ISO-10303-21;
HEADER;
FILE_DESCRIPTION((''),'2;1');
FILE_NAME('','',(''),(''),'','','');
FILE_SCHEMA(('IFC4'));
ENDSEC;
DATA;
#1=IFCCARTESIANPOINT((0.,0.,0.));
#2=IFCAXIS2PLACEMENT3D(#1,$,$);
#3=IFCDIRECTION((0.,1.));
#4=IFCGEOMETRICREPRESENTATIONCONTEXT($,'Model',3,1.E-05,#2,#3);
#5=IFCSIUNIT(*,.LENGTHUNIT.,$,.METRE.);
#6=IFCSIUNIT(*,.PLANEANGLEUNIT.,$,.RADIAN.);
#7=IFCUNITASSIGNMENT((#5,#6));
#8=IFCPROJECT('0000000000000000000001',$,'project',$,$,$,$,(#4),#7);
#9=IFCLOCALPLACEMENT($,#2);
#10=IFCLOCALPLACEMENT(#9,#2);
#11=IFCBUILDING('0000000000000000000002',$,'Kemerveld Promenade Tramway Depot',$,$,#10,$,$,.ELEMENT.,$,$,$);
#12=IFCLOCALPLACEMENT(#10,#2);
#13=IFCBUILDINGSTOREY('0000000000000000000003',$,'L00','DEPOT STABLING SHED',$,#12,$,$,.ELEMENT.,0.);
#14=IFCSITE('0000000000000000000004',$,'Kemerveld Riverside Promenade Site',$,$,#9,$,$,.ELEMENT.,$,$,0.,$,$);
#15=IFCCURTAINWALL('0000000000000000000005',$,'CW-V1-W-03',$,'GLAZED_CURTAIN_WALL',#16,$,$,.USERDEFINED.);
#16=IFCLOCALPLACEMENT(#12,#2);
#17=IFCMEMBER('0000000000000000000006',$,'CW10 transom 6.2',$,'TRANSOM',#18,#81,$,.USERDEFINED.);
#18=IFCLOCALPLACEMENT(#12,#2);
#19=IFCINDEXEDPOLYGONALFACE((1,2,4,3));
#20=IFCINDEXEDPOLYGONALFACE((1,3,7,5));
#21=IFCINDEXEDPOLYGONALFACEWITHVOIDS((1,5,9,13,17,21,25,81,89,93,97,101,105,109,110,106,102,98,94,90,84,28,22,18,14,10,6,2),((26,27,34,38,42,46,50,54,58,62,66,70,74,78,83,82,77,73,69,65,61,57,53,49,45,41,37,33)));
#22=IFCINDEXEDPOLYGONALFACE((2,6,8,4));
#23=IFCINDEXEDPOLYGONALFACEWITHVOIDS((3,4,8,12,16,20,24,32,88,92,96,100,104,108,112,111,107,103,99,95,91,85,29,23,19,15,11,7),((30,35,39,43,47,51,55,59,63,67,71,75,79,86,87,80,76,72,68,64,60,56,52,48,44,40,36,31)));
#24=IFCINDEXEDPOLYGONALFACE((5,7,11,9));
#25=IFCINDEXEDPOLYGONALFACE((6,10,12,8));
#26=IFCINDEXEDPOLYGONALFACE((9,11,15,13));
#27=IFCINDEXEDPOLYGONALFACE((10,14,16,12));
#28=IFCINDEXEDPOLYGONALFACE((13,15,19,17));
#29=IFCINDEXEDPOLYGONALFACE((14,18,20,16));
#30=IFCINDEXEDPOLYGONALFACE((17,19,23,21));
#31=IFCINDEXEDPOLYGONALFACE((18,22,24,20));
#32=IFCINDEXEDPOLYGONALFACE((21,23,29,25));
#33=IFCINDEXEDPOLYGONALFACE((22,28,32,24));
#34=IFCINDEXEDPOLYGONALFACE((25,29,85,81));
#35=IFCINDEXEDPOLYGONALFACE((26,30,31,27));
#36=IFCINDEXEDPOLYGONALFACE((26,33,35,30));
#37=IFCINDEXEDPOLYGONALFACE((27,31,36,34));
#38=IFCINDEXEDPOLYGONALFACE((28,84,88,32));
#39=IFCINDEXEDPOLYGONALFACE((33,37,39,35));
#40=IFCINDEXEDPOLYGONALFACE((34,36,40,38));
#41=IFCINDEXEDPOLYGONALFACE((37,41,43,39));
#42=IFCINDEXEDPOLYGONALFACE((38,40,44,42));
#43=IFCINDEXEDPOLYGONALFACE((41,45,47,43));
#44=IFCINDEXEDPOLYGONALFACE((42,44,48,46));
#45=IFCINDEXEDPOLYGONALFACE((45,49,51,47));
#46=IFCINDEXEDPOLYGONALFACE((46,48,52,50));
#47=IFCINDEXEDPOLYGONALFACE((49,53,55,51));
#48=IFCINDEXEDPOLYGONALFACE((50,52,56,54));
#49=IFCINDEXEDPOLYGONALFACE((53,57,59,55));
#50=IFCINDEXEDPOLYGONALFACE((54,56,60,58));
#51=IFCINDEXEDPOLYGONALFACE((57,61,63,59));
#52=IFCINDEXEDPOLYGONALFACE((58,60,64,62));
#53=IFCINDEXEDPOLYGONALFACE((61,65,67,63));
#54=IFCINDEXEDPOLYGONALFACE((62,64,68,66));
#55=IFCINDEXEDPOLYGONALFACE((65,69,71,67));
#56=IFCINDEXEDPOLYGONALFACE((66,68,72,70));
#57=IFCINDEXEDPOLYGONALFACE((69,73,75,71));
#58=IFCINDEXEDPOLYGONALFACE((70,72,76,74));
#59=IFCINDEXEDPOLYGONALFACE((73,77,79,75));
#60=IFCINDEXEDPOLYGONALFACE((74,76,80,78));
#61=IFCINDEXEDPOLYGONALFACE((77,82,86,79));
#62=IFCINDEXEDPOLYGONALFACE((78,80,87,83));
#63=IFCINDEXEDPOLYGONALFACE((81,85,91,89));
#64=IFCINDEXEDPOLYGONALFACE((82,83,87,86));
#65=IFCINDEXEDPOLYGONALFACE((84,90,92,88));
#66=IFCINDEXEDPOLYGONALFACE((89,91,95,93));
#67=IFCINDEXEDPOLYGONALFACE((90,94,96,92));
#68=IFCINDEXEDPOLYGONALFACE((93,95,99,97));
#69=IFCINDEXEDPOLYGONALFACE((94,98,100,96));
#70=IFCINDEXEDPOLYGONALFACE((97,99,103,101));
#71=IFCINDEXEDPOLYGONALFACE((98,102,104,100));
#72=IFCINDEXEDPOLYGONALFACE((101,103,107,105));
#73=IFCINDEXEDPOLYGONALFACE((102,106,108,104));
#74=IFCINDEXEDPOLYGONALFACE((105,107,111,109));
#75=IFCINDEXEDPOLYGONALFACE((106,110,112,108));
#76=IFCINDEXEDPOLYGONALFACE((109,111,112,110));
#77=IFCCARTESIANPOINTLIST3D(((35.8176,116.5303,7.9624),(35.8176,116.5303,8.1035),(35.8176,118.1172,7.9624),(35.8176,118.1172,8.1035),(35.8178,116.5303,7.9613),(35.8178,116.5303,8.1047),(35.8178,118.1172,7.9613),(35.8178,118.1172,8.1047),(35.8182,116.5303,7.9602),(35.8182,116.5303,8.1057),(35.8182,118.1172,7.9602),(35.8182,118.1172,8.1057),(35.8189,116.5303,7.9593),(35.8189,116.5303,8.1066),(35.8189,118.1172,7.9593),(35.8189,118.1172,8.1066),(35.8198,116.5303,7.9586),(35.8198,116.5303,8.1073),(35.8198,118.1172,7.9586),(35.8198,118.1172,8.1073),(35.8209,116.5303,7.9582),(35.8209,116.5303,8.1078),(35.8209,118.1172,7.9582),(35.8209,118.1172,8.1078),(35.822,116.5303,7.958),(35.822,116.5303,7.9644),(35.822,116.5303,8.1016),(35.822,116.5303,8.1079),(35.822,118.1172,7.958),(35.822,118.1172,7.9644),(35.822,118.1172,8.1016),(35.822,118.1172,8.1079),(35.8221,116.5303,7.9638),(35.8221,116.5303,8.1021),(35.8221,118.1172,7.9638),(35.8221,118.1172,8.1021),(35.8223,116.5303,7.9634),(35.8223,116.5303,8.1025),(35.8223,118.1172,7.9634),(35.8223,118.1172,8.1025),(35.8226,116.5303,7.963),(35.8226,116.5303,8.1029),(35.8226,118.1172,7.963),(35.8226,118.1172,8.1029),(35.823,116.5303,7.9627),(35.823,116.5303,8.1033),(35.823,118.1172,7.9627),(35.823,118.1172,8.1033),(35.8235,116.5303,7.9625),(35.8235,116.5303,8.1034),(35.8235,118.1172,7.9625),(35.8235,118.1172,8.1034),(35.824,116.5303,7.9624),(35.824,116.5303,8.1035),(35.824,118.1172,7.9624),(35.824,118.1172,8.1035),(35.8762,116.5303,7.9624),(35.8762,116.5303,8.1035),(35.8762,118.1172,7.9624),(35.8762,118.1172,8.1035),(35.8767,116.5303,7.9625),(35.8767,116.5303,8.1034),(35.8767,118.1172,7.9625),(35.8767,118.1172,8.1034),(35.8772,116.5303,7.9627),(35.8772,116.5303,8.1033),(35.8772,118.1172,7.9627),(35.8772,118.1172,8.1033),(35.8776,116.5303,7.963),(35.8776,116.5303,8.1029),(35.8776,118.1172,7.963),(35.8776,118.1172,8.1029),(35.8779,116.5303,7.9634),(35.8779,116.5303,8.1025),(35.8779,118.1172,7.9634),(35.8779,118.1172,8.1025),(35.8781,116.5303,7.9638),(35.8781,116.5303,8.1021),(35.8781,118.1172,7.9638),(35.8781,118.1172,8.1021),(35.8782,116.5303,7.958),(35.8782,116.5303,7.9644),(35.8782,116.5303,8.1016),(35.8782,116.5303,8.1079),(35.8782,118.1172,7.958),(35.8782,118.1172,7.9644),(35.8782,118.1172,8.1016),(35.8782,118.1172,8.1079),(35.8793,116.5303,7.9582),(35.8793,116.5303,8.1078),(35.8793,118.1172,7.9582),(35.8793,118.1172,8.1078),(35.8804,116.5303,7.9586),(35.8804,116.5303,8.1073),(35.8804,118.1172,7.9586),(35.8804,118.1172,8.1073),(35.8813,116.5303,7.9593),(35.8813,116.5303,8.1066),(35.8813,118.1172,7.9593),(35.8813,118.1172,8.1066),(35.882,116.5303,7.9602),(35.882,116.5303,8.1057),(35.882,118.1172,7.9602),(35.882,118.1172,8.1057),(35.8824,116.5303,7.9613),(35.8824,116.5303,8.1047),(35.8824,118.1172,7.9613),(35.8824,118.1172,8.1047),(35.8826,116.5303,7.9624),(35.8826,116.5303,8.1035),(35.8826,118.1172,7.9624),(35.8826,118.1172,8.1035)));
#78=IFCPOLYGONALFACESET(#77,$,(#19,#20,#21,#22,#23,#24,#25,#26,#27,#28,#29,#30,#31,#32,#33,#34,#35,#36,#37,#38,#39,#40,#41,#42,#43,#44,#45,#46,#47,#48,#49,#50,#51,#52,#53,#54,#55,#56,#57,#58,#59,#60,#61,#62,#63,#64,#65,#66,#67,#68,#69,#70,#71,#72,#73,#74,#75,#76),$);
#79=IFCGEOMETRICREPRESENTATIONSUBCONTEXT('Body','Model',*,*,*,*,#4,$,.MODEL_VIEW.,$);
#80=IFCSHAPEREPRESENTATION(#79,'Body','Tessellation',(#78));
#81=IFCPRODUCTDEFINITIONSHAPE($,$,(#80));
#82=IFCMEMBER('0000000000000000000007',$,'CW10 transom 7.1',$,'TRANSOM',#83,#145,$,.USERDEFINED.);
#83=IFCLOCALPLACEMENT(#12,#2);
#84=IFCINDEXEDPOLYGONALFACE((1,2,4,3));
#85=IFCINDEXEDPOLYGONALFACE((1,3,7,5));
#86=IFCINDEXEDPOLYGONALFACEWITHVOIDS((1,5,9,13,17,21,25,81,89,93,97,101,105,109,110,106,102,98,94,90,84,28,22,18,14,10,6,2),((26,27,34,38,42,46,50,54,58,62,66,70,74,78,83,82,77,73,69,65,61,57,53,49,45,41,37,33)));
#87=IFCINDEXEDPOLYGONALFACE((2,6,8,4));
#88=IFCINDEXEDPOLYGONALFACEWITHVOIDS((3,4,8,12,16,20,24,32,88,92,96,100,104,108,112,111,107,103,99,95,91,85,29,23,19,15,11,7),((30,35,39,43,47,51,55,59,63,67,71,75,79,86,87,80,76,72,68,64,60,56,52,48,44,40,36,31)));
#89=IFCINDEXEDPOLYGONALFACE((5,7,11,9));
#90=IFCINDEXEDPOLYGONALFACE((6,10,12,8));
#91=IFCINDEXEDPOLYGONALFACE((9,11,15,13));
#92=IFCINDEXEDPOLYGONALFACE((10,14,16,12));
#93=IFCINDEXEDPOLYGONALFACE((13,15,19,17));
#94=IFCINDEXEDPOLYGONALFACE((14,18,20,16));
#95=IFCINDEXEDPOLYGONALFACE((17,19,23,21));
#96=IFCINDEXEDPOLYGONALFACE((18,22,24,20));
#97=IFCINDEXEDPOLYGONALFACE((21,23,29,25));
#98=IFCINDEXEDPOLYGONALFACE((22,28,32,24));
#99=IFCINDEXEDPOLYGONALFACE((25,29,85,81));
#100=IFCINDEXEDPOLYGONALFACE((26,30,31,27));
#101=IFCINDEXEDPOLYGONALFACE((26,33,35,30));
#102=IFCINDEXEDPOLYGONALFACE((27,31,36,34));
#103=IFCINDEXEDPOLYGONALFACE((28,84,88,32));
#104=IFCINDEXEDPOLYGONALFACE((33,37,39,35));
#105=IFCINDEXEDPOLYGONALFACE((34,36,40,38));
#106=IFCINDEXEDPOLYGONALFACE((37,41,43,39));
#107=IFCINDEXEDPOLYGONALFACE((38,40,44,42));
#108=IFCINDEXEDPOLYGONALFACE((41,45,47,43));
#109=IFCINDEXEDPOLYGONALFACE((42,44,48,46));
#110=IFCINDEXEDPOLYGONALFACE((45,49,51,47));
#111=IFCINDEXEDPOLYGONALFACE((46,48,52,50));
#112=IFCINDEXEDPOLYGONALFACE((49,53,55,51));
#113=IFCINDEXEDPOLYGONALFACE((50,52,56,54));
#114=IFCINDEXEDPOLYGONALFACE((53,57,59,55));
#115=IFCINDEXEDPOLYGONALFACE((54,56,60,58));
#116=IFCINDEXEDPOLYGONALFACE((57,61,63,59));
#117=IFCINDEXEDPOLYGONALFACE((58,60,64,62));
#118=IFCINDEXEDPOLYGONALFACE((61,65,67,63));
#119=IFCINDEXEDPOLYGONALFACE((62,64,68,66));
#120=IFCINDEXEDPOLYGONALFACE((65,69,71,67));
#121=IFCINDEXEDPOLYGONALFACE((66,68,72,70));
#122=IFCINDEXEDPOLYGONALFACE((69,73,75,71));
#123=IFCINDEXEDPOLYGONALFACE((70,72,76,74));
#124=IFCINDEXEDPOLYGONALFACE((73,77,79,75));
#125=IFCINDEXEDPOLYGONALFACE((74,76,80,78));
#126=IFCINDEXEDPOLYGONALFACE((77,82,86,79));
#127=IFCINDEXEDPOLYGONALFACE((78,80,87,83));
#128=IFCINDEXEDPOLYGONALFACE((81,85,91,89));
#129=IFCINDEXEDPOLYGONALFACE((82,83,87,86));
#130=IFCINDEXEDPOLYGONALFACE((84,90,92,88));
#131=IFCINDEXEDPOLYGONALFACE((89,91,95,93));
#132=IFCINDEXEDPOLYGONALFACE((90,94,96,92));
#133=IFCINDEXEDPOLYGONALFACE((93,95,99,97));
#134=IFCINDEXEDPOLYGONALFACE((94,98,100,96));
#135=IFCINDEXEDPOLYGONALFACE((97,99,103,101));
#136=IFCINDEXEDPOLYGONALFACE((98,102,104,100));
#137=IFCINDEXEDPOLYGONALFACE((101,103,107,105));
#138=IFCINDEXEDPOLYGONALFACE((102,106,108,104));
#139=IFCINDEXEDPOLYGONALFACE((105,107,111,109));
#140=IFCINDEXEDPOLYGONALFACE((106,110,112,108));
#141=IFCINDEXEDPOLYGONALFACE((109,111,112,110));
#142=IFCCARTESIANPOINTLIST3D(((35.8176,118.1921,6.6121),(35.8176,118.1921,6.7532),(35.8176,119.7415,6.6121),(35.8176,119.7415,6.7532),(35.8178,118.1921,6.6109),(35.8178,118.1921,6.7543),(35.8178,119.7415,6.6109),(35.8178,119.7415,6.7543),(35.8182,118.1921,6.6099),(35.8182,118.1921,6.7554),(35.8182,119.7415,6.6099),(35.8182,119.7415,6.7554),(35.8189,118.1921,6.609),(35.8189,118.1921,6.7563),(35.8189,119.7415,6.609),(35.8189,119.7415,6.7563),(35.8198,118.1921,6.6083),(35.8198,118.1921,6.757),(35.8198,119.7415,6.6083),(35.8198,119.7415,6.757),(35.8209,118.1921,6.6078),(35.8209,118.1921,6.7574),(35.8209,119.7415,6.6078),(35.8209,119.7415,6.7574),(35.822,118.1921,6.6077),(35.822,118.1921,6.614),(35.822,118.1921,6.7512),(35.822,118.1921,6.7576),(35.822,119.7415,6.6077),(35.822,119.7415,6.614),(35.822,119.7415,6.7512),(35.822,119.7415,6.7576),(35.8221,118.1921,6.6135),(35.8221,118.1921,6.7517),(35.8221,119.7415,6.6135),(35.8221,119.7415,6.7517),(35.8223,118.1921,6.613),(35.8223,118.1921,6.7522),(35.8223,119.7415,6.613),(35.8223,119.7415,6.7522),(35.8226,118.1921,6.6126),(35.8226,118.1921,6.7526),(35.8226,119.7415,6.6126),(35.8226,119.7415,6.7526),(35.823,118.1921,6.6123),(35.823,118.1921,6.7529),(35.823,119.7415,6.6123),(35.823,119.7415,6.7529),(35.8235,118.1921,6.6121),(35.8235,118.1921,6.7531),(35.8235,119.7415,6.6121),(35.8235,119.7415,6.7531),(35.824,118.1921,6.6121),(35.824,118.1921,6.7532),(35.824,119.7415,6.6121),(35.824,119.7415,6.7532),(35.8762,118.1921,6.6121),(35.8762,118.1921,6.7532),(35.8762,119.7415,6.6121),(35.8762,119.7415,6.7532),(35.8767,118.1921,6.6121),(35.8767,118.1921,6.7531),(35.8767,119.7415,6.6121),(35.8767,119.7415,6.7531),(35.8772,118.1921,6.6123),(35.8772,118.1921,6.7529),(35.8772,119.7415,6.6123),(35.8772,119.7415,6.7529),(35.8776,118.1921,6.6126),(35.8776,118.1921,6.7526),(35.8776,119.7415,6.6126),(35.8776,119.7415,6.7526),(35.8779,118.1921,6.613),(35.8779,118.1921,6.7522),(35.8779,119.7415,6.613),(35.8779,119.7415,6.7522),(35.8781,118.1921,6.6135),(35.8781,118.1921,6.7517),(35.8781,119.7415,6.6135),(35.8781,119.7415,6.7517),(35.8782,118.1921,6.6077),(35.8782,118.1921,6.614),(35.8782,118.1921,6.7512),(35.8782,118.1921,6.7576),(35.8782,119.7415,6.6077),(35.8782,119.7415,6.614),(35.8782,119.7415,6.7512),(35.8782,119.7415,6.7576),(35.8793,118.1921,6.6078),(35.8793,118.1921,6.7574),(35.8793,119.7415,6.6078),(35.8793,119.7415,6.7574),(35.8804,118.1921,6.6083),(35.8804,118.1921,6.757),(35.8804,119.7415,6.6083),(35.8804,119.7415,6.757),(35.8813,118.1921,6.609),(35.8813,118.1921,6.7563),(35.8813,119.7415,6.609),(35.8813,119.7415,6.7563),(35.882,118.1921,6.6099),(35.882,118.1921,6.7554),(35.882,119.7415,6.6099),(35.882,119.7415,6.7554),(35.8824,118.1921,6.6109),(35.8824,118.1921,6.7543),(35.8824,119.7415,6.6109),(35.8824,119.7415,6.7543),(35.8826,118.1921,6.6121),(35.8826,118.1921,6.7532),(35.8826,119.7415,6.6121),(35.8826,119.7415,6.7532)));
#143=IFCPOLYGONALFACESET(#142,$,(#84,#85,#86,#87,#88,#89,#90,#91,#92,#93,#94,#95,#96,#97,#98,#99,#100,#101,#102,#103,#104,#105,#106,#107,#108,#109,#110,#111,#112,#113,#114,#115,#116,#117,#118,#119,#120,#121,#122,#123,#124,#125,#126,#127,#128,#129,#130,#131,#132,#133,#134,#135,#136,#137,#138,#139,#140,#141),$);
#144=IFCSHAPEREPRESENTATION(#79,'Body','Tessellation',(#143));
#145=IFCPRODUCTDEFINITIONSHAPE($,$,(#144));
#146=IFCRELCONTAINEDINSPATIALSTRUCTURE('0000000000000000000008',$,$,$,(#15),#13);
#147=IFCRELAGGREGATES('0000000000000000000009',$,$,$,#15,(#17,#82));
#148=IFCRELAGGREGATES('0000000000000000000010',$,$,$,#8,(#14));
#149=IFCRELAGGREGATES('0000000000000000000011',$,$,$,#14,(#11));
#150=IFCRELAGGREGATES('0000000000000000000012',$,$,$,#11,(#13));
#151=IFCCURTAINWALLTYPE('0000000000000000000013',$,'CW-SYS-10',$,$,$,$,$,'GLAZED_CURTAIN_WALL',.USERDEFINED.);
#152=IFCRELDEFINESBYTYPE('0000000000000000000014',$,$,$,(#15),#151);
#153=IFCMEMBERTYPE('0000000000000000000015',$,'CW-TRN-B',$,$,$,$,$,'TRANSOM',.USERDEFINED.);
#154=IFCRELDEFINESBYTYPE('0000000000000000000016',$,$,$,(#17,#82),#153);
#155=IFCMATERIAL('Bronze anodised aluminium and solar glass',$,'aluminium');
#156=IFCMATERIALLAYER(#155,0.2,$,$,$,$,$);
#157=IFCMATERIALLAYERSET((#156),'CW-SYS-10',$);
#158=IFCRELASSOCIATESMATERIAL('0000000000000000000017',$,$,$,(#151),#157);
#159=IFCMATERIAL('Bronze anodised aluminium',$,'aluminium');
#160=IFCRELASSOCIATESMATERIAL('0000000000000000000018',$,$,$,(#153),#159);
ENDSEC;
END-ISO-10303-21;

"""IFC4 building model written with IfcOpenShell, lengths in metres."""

from ifc_helpers import new_model, si_unit, direction, frame, origin, origin_2d, place, context, subcontext, project, spatial, hollow_rectangle, extrude, material, layer, layer_set, material_profile, profile_set, type_object, element, aggregate, save


model = new_model("IFC4")

# Units and contexts
model_context = context("Model", 3, precision=1e-05, world=origin(), true_north=direction((0.0, 1.0)))
body_context = subcontext(model_context, "Body", "Model", "MODEL_VIEW")
ifc_project = project(units=[si_unit("LENGTHUNIT", "METRE"), si_unit("PLANEANGLEUNIT", "RADIAN")], contexts=[model_context])

# Site, building, storey
site_placement = place(None, origin())
site = spatial("IfcSite", under=ifc_project, at=site_placement, Name="Kemerveld Riverside Promenade Site", CompositionType="ELEMENT", RefElevation=0.0)
building_placement = place(site_placement, origin())
building = spatial("IfcBuilding", under=site, at=building_placement, Name="Kemerveld Promenade Tramway Depot", CompositionType="ELEMENT")
storey_placement = place(building_placement, origin())
storey = spatial("IfcBuildingStorey", under=building, at=storey_placement, Name="L00", Description="DEPOT STABLING SHED", CompositionType="ELEMENT", Elevation=0.0)

# Curtain wall
ifc_material_1 = material(Name="Bronze anodised aluminium and solar glass", Category="aluminium")
ifc_material_2 = material(Name="Bronze anodised aluminium", Category="aluminium")
ifc_layer_1 = layer(ifc_material_1, 0.2)
ifc_layer_set_1 = layer_set([ifc_layer_1], Name="CW-SYS-10")
curtain_wall_type_1 = type_object("IfcCurtainWallType", Name="CW-SYS-10", ElementType="GLAZED_CURTAIN_WALL", PredefinedType="USERDEFINED", material=ifc_layer_set_1)
curtain_wall_1_placement = place(storey_placement, origin())
curtain_wall_1 = element("IfcCurtainWall", 1, at=curtain_wall_1_placement, inside=storey, type_object=curtain_wall_type_1, Name="CW-V1-W-03", ObjectType="GLAZED_CURTAIN_WALL", PredefinedType="USERDEFINED")

# Members
ifc_material_profile_1 = material_profile(ifc_material_2, hollow_rectangle(XDim=0.0649, YDim=0.1499, WallThickness=0.0044, InnerFilletRadius=0.002, OuterFilletRadius=0.0044, at=origin_2d()), Name="CW-TRN-150x65")
ifc_profile_set_1 = profile_set([ifc_material_profile_1], Name="Bronze anodised aluminium")
member_type_1 = type_object("IfcMemberType", Name="CW-TRN-B", ElementType="TRANSOM", PredefinedType="USERDEFINED", material=ifc_profile_set_1)
member_1_placement = place(storey_placement, frame((35.8501, 116.5303, 8.033), z_axis=(0.0, 1.0, 0.0), x_axis=(-1.0, 0.0, 0.0)))
member_1 = element("IfcMember", 2, at=member_1_placement, type_object=member_type_1, Name="CW10 transom 6.2", ObjectType="TRANSOM", PredefinedType="USERDEFINED", context=body_context, shape_type="SweptSolid", body=[
    extrude(hollow_rectangle(XDim=0.0649, YDim=0.1499, WallThickness=0.0044, InnerFilletRadius=0.002, OuterFilletRadius=0.0044, at=origin_2d()), origin(), (0.0, 0.0, 1.0), 1.5869),
])
member_2_placement = place(storey_placement, frame((35.8501, 118.1921, 6.6826), z_axis=(0.0, 1.0, 0.0), x_axis=(-1.0, 0.0, 0.0)))
member_2 = element("IfcMember", 3, at=member_2_placement, type_object=member_type_1, Name="CW10 transom 7.1", ObjectType="TRANSOM", PredefinedType="USERDEFINED", context=body_context, shape_type="SweptSolid", body=[
    extrude(hollow_rectangle(XDim=0.0649, YDim=0.1499, WallThickness=0.0044, InnerFilletRadius=0.002, OuterFilletRadius=0.0044, at=origin_2d()), origin(), (0.0, 0.0, 1.0), 1.5493),
])

aggregate(curtain_wall_1, [member_1, member_2])

save(model, "model.ifc")
